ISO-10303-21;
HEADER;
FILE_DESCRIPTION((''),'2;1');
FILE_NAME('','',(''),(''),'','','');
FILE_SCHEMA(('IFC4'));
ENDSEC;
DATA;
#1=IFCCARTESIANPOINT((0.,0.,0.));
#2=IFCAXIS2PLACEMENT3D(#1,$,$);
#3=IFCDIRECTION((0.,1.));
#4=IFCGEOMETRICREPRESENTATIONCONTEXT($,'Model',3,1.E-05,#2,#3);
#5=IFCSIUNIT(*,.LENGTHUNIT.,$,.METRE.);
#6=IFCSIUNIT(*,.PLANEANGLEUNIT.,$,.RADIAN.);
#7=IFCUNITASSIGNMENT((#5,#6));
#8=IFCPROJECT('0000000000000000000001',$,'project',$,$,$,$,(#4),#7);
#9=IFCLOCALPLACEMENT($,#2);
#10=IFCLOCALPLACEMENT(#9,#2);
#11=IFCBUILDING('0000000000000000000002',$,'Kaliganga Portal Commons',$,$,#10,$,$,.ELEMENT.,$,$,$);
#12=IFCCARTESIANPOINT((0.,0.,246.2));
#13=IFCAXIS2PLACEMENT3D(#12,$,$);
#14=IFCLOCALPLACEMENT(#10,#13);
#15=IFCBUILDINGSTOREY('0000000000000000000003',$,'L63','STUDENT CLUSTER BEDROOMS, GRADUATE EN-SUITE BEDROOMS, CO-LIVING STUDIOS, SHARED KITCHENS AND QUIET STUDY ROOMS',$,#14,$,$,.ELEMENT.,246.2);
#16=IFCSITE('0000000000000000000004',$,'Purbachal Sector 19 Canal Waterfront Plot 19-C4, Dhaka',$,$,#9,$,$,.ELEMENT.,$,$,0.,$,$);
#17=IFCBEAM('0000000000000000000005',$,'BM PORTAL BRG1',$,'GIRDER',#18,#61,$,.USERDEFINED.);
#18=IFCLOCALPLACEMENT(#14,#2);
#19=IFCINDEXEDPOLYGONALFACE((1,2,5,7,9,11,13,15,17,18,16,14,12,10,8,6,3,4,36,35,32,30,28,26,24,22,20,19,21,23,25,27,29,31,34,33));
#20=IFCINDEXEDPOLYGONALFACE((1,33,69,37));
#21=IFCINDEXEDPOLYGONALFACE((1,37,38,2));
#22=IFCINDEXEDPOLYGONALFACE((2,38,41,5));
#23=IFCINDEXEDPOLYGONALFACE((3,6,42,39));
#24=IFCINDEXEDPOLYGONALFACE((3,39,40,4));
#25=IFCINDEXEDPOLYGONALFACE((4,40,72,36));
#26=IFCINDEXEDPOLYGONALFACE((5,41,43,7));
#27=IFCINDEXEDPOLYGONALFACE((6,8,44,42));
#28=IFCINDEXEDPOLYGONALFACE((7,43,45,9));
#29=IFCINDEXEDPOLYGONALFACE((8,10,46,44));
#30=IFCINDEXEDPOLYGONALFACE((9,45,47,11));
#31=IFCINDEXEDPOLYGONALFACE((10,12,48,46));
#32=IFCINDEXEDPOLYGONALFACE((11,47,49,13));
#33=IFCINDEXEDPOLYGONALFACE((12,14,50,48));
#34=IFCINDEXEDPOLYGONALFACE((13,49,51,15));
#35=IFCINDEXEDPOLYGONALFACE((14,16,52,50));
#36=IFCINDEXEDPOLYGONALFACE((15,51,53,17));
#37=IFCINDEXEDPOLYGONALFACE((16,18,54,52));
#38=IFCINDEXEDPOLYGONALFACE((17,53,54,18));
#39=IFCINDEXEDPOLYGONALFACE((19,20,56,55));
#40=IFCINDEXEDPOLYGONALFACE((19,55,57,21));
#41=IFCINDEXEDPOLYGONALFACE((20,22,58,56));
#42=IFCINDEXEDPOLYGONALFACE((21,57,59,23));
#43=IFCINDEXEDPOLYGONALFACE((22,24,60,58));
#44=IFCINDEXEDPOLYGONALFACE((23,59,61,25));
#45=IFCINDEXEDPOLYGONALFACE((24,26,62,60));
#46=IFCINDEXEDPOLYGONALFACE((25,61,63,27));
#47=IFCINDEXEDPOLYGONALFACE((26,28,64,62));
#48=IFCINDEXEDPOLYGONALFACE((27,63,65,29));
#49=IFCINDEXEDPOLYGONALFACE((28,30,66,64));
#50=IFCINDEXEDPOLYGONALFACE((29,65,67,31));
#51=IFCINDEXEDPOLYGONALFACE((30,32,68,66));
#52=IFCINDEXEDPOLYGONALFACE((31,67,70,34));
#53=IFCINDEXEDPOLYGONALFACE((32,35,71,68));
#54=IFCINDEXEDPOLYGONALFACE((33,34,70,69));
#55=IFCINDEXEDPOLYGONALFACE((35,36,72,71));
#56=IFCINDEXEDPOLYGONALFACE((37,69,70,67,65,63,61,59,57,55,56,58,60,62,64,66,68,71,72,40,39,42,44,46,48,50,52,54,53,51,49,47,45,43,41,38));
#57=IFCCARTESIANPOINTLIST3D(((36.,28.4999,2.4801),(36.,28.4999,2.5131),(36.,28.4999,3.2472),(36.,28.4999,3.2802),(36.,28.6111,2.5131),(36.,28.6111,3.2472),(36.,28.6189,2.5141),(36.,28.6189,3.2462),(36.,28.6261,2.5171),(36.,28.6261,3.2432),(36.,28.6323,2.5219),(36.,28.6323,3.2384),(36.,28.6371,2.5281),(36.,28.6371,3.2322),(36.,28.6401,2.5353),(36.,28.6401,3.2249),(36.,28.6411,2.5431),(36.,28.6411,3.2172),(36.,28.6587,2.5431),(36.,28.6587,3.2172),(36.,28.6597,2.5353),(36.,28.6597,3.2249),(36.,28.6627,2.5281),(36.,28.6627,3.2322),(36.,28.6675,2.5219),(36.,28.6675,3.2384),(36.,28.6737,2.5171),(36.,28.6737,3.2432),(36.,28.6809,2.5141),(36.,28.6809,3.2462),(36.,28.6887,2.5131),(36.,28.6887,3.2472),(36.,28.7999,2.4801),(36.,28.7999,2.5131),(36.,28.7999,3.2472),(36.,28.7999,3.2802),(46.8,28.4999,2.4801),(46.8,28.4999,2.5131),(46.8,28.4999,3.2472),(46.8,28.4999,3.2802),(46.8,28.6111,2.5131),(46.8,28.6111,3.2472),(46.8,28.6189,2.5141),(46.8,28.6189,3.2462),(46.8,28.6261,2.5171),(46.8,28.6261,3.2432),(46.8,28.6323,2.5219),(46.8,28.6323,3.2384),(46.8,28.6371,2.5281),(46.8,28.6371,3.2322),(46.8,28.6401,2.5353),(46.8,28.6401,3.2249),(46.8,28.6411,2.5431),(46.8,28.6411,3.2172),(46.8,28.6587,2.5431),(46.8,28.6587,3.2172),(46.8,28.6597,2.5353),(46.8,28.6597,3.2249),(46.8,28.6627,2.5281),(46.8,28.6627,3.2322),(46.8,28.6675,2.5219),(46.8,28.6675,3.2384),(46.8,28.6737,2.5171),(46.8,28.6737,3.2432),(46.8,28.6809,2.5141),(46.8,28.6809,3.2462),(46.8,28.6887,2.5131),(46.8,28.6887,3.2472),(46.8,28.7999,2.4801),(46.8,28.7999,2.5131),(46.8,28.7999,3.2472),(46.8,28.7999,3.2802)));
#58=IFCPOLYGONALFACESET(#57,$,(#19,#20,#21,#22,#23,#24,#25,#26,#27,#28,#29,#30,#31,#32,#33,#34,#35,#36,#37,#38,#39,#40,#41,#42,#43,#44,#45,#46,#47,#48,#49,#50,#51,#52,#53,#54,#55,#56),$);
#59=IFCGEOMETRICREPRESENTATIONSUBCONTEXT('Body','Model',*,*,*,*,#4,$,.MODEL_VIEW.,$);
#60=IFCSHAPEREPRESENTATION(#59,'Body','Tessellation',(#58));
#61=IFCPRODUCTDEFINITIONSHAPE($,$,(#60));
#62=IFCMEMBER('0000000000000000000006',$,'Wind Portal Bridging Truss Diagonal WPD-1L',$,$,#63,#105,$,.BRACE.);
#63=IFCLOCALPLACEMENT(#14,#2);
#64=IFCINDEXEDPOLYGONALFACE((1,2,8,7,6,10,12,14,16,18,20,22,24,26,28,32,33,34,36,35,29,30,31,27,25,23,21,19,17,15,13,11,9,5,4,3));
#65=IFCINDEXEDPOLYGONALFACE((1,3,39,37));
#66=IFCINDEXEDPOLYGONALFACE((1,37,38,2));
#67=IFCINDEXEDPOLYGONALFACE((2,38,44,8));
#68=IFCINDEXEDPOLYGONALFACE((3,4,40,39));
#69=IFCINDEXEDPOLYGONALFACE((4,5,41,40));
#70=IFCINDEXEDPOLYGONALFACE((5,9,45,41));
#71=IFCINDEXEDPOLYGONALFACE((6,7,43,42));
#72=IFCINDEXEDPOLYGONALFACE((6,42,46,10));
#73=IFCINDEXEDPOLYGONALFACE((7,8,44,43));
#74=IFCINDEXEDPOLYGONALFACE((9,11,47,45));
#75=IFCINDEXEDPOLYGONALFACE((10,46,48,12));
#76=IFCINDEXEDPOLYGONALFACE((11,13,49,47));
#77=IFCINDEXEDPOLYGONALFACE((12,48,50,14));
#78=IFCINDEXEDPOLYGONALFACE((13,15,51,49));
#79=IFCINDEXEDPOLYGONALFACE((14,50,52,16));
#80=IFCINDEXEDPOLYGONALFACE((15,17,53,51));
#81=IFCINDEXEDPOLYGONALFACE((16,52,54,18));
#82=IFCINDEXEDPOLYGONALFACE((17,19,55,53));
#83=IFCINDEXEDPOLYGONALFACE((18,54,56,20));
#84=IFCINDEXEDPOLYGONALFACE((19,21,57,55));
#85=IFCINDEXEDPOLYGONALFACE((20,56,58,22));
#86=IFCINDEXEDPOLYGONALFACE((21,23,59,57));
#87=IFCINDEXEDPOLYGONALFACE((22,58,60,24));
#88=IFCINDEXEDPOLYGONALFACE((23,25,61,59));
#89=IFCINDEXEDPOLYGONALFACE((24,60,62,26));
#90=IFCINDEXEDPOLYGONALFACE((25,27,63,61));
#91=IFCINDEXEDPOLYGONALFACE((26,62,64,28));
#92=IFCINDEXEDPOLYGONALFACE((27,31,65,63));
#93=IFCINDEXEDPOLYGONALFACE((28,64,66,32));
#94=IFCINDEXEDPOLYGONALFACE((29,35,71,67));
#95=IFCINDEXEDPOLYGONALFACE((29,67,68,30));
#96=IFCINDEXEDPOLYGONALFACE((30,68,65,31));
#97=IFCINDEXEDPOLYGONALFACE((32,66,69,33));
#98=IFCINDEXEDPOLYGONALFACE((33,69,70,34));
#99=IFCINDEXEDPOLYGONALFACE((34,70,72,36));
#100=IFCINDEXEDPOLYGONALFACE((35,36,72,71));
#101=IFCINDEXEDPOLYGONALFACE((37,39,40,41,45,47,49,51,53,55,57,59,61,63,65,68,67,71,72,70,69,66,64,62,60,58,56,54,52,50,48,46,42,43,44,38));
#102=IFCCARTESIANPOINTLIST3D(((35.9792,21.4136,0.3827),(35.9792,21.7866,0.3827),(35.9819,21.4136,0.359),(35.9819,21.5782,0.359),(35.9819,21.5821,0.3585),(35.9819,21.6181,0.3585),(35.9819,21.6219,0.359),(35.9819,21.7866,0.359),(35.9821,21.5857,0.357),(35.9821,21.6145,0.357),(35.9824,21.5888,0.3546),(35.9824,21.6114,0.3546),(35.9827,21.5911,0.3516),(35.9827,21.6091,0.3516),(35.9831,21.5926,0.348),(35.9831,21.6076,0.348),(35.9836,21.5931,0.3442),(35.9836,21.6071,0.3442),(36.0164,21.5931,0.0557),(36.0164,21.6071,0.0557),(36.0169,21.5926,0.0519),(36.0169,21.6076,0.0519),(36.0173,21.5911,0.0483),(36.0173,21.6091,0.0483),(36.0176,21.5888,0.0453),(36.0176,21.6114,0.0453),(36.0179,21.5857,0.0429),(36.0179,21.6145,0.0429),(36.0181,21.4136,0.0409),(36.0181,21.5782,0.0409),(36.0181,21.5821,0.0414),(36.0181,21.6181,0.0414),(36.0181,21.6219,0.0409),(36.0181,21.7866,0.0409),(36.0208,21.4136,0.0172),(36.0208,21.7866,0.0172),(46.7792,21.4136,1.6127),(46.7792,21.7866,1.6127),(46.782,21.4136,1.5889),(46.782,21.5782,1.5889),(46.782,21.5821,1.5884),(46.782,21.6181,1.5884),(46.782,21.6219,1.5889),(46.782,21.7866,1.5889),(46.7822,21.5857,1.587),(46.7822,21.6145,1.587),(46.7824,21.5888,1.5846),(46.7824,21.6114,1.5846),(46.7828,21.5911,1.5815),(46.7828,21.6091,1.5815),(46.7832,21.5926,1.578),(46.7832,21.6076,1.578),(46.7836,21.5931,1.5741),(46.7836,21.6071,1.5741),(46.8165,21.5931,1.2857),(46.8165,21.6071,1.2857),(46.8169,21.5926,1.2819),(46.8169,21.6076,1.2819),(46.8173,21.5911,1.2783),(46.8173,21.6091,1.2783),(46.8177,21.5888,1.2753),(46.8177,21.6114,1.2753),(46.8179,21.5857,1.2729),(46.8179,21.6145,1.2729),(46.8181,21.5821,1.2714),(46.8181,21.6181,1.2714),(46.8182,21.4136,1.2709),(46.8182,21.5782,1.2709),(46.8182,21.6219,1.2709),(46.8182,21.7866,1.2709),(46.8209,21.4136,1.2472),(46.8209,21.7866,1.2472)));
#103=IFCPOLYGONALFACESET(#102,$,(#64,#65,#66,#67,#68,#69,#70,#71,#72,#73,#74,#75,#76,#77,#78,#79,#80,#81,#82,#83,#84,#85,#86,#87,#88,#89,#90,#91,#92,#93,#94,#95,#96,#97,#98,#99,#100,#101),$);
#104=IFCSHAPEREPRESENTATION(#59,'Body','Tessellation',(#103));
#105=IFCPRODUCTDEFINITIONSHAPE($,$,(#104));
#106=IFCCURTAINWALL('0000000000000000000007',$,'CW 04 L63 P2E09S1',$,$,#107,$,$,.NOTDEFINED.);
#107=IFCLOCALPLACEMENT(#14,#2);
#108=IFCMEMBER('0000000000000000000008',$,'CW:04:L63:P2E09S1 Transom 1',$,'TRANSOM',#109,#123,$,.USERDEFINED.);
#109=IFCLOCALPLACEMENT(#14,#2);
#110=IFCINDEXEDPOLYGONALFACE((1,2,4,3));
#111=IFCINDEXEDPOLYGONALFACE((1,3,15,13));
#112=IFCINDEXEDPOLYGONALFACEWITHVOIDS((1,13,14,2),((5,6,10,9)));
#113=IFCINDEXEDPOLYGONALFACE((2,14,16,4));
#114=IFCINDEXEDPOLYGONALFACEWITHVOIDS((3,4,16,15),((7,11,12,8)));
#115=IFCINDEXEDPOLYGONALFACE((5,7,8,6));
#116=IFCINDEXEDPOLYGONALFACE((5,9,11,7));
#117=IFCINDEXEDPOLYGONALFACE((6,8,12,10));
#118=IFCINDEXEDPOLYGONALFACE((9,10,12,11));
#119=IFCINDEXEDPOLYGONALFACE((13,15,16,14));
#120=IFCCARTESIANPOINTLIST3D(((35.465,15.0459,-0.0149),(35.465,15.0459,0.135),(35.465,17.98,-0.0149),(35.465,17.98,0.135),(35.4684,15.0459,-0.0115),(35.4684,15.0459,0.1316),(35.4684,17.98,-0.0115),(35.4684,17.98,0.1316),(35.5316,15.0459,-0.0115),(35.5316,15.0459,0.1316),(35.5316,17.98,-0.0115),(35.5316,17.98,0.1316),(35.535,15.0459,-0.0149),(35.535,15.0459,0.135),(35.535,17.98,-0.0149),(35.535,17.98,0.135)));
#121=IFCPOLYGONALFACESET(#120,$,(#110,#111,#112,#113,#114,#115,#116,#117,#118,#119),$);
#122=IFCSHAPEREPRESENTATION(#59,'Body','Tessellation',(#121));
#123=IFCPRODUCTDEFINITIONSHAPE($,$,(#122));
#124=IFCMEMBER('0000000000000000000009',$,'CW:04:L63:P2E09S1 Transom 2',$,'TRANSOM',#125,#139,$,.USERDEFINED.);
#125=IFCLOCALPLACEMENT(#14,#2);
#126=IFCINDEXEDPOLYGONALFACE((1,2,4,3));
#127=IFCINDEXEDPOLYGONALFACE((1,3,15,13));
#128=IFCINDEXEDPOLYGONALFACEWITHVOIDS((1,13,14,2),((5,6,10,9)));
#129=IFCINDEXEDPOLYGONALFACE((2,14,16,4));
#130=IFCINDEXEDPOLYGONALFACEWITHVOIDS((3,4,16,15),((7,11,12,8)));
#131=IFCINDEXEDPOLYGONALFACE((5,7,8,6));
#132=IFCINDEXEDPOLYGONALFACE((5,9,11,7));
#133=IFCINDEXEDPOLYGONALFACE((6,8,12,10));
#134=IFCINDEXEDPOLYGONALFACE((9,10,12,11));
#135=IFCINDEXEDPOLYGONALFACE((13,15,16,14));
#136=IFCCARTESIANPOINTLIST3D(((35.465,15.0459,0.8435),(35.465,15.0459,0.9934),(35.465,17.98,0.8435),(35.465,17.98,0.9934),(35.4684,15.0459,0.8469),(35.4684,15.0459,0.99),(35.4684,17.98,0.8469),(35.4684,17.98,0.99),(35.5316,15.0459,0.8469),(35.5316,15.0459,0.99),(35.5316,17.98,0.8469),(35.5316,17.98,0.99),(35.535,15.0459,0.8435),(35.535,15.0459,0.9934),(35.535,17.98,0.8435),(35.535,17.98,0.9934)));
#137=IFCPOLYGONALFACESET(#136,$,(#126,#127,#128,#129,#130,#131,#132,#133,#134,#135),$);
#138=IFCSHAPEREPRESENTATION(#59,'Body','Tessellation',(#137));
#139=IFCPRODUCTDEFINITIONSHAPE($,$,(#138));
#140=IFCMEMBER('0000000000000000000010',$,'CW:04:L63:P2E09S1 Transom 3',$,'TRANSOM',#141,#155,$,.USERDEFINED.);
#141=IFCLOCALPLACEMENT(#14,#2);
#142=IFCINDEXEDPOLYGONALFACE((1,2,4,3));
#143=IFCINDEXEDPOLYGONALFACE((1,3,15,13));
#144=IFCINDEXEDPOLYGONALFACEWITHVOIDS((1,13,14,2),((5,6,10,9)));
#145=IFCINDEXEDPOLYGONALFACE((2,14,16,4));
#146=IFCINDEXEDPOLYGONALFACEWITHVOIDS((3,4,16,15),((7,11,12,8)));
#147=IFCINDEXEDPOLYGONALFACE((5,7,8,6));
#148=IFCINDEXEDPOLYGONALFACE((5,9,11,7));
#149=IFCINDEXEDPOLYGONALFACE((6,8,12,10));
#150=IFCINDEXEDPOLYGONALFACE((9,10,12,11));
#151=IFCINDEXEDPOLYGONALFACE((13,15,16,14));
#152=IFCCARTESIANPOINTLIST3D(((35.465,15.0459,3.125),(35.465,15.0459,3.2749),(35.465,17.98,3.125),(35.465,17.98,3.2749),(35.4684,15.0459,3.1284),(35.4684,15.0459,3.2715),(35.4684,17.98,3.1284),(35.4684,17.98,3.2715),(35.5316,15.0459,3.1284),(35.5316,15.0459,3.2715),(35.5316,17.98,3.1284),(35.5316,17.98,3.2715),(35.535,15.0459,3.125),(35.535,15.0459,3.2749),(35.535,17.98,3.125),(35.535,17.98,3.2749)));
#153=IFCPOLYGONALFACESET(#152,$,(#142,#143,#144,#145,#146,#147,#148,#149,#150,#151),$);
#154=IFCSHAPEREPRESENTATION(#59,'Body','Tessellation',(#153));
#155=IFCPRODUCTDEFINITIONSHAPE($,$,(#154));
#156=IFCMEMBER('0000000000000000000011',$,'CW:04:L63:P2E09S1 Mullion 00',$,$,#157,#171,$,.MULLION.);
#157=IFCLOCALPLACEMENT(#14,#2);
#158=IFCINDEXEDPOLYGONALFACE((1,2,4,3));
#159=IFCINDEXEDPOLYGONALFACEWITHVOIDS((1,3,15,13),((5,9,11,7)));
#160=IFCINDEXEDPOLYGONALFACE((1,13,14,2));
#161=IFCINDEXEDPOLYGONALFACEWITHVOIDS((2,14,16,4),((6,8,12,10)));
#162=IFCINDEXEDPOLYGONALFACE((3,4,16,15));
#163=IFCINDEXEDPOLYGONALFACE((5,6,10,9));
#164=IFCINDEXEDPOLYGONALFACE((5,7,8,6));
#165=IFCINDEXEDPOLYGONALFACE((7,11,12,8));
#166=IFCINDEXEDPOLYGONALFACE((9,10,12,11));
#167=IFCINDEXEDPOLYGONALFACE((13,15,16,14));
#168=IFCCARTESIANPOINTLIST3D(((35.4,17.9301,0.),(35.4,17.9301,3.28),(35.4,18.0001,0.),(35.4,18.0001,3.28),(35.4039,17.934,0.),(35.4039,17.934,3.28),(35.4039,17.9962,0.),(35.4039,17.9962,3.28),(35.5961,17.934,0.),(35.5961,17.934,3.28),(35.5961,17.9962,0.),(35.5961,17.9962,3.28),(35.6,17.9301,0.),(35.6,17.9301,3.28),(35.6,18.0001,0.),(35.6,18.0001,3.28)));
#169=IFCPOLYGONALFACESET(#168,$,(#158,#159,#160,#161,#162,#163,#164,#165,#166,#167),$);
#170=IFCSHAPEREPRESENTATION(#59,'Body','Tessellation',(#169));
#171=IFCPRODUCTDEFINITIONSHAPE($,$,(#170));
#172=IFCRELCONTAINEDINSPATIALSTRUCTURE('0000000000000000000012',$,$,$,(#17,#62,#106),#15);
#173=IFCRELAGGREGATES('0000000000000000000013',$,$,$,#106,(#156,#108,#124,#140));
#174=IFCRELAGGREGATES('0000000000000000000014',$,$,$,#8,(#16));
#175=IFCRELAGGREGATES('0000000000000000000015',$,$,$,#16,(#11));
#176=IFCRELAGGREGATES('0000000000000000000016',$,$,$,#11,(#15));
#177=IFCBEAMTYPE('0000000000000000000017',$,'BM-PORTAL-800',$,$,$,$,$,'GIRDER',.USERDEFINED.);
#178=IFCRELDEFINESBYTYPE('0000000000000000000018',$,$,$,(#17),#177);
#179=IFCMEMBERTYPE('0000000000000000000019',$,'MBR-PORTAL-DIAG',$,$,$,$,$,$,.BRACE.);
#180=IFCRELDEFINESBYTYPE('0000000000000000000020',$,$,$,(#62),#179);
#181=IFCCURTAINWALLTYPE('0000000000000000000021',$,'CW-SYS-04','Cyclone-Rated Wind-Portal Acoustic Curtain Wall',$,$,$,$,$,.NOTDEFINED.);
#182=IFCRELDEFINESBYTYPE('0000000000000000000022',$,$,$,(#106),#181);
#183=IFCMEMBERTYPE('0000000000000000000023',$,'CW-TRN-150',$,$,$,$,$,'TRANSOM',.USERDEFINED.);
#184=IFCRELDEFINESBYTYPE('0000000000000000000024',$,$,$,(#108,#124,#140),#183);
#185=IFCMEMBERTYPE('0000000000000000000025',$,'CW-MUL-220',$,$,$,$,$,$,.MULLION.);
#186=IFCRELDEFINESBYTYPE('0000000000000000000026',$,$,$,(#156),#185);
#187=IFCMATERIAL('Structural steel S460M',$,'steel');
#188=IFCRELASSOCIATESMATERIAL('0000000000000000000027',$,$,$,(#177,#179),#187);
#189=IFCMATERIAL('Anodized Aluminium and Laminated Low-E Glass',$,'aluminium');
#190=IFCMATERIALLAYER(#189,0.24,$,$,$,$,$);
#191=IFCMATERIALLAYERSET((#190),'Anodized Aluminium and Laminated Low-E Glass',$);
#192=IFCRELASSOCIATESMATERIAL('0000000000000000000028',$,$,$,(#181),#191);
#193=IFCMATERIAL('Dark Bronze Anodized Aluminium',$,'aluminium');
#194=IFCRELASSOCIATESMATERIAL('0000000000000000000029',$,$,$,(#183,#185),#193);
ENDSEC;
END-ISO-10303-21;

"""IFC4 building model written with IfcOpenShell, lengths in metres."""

from ifc_helpers import new_model, si_unit, direction, frame, origin, origin_2d, place, context, subcontext, project, spatial, hollow_rectangle, i_section, extrude, source, transform, mapped, material, layer, layer_set, material_profile, profile_set, type_object, element, aggregate, save


model = new_model("IFC4")

# Units and contexts
model_context = context("Model", 3, precision=1e-05, world=origin(), true_north=direction((0.0, 1.0)))
body_context = subcontext(model_context, "Body", "Model", "MODEL_VIEW")
ifc_project = project(units=[si_unit("LENGTHUNIT", "METRE"), si_unit("PLANEANGLEUNIT", "RADIAN")], contexts=[model_context])

# Site, building, storey
site_placement = place(None, origin())
site = spatial("IfcSite", under=ifc_project, at=site_placement, Name="Purbachal Sector 19 Canal Waterfront Plot 19-C4, Dhaka", CompositionType="ELEMENT", RefElevation=0.0)
building_placement = place(site_placement, origin())
building = spatial("IfcBuilding", under=site, at=building_placement, Name="Kaliganga Portal Commons", CompositionType="ELEMENT")
storey_placement = place(building_placement, frame((0.0, 0.0, 246.2)))
storey = spatial("IfcBuildingStorey", under=building, at=storey_placement, Name="L63", Description="STUDENT CLUSTER BEDROOMS, GRADUATE EN-SUITE BEDROOMS, CO-LIVING STUDIOS, SHARED KITCHENS AND QUIET STUDY ROOMS", CompositionType="ELEMENT", Elevation=246.2)

# Beam
ifc_material_1 = material(Name="Structural steel S460M", Category="steel")
ifc_material_profile_1 = material_profile(ifc_material_1, i_section(OverallWidth=0.3, OverallDepth=0.8, WebThickness=0.0176, FlangeThickness=0.033, FilletRadius=0.03, at=origin_2d()), Name="HE 800 B")
ifc_profile_set_1 = profile_set([ifc_material_profile_1], Name="Structural steel S460M wide-flange")
beam_type_1 = type_object("IfcBeamType", Name="BM-PORTAL-800", ElementType="GIRDER", PredefinedType="USERDEFINED", material=ifc_profile_set_1)
shared_shape_1 = source(origin(), body_context, "Body", "SweptSolid", [
    extrude(i_section(OverallWidth=0.3, OverallDepth=0.8, WebThickness=0.0176, FlangeThickness=0.033, FilletRadius=0.03, at=origin_2d()), origin(), (0.0, 0.0, 1.0), 10.8),
])
beam_1_placement = place(storey_placement, frame((36.0, 28.6499, 2.8801), z_axis=(1.0, 0.0, 0.0), x_axis=(0.0, 1.0, 0.0)))
element("IfcBeam", 1, at=beam_1_placement, inside=storey, type_object=beam_type_1, Name="BM PORTAL BRG1", ObjectType="GIRDER", PredefinedType="USERDEFINED", context=body_context, shape_type="MappedRepresentation", body=[
    mapped(shared_shape_1, transform((0.0, 0.0, 0.0), x_axis=(1.0, 0.0, 0.0), y_axis=(0.0, 1.0, 0.0), z_axis=(0.0, 0.0, 1.0), scale=1.0)),
])

# Member
ifc_material_profile_2 = material_profile(ifc_material_1, i_section(OverallWidth=0.373, OverallDepth=0.3679, WebThickness=0.0139, FlangeThickness=0.0239, FilletRadius=0.0149, at=origin_2d()), Name="HD 360x179")
ifc_profile_set_2 = profile_set([ifc_material_profile_2], Name="Structural steel S460M wide-flange")
member_type_1 = type_object("IfcMemberType", Name="MBR-PORTAL-DIAG", PredefinedType="BRACE", material=ifc_profile_set_2)
shared_shape_2 = source(origin(), body_context, "Body", "SweptSolid", [
    extrude(i_section(OverallWidth=0.373, OverallDepth=0.3679, WebThickness=0.0139, FlangeThickness=0.0239, FilletRadius=0.0149, at=origin_2d()), origin(), (0.0, 0.0, 1.0), 10.8699),
])
member_1_placement = place(storey_placement, frame((36.0, 21.6001, 0.2), z_axis=(0.993577, 0.0, 0.113155), x_axis=(0.0, 1.0, 0.0)))
element("IfcMember", 2, at=member_1_placement, inside=storey, type_object=member_type_1, Name="Wind Portal Bridging Truss Diagonal WPD-1L", PredefinedType="BRACE", context=body_context, shape_type="MappedRepresentation", body=[
    mapped(shared_shape_2, transform((0.0, 0.0, 0.0), x_axis=(1.0, 0.0, 0.0), y_axis=(0.0, 1.0, 0.0), z_axis=(0.0, 0.0, 1.0), scale=1.0)),
])

# Curtain wall, members
ifc_material_2 = material(Name="Anodized Aluminium and Laminated Low-E Glass", Category="aluminium")
ifc_layer_1 = layer(ifc_material_2, 0.24)
ifc_layer_set_1 = layer_set([ifc_layer_1], Name="Anodized Aluminium and Laminated Low-E Glass")
curtain_wall_type = type_object("IfcCurtainWallType", Name="CW-SYS-04", Description="Cyclone-Rated Wind-Portal Acoustic Curtain Wall", PredefinedType="NOTDEFINED", material=ifc_layer_set_1)
curtain_wall_placement = place(storey_placement, origin())
curtain_wall = element("IfcCurtainWall", 3, at=curtain_wall_placement, inside=storey, type_object=curtain_wall_type, Name="CW 04 L63 P2E09S1", PredefinedType="NOTDEFINED")
ifc_material_3 = material(Name="Dark Bronze Anodized Aluminium", Category="aluminium")
ifc_material_profile_3 = material_profile(ifc_material_3, hollow_rectangle(XDim=0.0701, YDim=0.1499, WallThickness=0.0034, at=origin_2d()), Name="ALU TRAN 70x150x3.5")
ifc_profile_set_3 = profile_set([ifc_material_profile_3], Name="Dark Bronze Anodized Aluminium")
member_type_2 = type_object("IfcMemberType", Name="CW-TRN-150", ElementType="TRANSOM", PredefinedType="USERDEFINED", material=ifc_profile_set_3)
shared_shape_3 = source(origin(), body_context, "Body", "SweptSolid", [
    extrude(hollow_rectangle(XDim=0.0701, YDim=0.1499, WallThickness=0.0034, at=origin_2d()), origin(), (0.0, 0.0, 1.0), 2.9341),
])
member_2_placement = place(storey_placement, frame((35.5, 17.98, 0.0601), z_axis=(0.0, -1.0, 0.0), x_axis=(1.0, 0.0, 0.0)))
member_2 = element("IfcMember", 4, at=member_2_placement, type_object=member_type_2, Name="CW:04:L63:P2E09S1 Transom 1", ObjectType="TRANSOM", PredefinedType="USERDEFINED", context=body_context, shape_type="MappedRepresentation", body=[
    mapped(shared_shape_3, transform((0.0, 0.0, 0.0), x_axis=(1.0, 0.0, 0.0), y_axis=(0.0, 1.0, 0.0), z_axis=(0.0, 0.0, 1.0), scale=1.0)),
])
member_3_placement = place(storey_placement, frame((35.5, 17.98, 0.9185), z_axis=(0.0, -1.0, 0.0), x_axis=(1.0, 0.0, 0.0)))
member_3 = element("IfcMember", 5, at=member_3_placement, type_object=member_type_2, Name="CW:04:L63:P2E09S1 Transom 2", ObjectType="TRANSOM", PredefinedType="USERDEFINED", context=body_context, shape_type="MappedRepresentation", body=[
    mapped(shared_shape_3, transform((0.0, 0.0, 0.0), x_axis=(1.0, 0.0, 0.0), y_axis=(0.0, 1.0, 0.0), z_axis=(0.0, 0.0, 1.0), scale=1.0)),
])
member_4_placement = place(storey_placement, frame((35.5, 17.98, 3.2), z_axis=(0.0, -1.0, 0.0), x_axis=(1.0, 0.0, 0.0)))
member_4 = element("IfcMember", 6, at=member_4_placement, type_object=member_type_2, Name="CW:04:L63:P2E09S1 Transom 3", ObjectType="TRANSOM", PredefinedType="USERDEFINED", context=body_context, shape_type="MappedRepresentation", body=[
    mapped(shared_shape_3, transform((0.0, 0.0, 0.0), x_axis=(1.0, 0.0, 0.0), y_axis=(0.0, 1.0, 0.0), z_axis=(0.0, 0.0, 1.0), scale=1.0)),
])
ifc_material_profile_4 = material_profile(ifc_material_3, hollow_rectangle(XDim=0.0701, YDim=0.2, WallThickness=0.0039, at=origin_2d()), Name="ALU MULL 70x200x4")
ifc_profile_set_4 = profile_set([ifc_material_profile_4], Name="Dark Bronze Anodized Aluminium")
member_type_3 = type_object("IfcMemberType", Name="CW-MUL-220", PredefinedType="MULLION", material=ifc_profile_set_4)
shared_shape_4 = source(origin(), body_context, "Body", "SweptSolid", [
    extrude(hollow_rectangle(XDim=0.0701, YDim=0.2, WallThickness=0.0039, at=origin_2d()), origin(), (0.0, 0.0, 1.0), 3.28),
])
member_5_placement = place(storey_placement, frame((35.5, 17.9651, 0.0), z_axis=(0.0, 0.0, 1.0), x_axis=(0.0, -1.0, 0.0)))
member_5 = element("IfcMember", 7, at=member_5_placement, type_object=member_type_3, Name="CW:04:L63:P2E09S1 Mullion 00", PredefinedType="MULLION", context=body_context, shape_type="MappedRepresentation", body=[
    mapped(shared_shape_4, transform((0.0, 0.0, 0.0), x_axis=(1.0, 0.0, 0.0), y_axis=(0.0, 1.0, 0.0), z_axis=(0.0, 0.0, 1.0), scale=1.0)),
])

aggregate(curtain_wall, [member_5, member_2, member_3, member_4])

save(model, "model.ifc")
